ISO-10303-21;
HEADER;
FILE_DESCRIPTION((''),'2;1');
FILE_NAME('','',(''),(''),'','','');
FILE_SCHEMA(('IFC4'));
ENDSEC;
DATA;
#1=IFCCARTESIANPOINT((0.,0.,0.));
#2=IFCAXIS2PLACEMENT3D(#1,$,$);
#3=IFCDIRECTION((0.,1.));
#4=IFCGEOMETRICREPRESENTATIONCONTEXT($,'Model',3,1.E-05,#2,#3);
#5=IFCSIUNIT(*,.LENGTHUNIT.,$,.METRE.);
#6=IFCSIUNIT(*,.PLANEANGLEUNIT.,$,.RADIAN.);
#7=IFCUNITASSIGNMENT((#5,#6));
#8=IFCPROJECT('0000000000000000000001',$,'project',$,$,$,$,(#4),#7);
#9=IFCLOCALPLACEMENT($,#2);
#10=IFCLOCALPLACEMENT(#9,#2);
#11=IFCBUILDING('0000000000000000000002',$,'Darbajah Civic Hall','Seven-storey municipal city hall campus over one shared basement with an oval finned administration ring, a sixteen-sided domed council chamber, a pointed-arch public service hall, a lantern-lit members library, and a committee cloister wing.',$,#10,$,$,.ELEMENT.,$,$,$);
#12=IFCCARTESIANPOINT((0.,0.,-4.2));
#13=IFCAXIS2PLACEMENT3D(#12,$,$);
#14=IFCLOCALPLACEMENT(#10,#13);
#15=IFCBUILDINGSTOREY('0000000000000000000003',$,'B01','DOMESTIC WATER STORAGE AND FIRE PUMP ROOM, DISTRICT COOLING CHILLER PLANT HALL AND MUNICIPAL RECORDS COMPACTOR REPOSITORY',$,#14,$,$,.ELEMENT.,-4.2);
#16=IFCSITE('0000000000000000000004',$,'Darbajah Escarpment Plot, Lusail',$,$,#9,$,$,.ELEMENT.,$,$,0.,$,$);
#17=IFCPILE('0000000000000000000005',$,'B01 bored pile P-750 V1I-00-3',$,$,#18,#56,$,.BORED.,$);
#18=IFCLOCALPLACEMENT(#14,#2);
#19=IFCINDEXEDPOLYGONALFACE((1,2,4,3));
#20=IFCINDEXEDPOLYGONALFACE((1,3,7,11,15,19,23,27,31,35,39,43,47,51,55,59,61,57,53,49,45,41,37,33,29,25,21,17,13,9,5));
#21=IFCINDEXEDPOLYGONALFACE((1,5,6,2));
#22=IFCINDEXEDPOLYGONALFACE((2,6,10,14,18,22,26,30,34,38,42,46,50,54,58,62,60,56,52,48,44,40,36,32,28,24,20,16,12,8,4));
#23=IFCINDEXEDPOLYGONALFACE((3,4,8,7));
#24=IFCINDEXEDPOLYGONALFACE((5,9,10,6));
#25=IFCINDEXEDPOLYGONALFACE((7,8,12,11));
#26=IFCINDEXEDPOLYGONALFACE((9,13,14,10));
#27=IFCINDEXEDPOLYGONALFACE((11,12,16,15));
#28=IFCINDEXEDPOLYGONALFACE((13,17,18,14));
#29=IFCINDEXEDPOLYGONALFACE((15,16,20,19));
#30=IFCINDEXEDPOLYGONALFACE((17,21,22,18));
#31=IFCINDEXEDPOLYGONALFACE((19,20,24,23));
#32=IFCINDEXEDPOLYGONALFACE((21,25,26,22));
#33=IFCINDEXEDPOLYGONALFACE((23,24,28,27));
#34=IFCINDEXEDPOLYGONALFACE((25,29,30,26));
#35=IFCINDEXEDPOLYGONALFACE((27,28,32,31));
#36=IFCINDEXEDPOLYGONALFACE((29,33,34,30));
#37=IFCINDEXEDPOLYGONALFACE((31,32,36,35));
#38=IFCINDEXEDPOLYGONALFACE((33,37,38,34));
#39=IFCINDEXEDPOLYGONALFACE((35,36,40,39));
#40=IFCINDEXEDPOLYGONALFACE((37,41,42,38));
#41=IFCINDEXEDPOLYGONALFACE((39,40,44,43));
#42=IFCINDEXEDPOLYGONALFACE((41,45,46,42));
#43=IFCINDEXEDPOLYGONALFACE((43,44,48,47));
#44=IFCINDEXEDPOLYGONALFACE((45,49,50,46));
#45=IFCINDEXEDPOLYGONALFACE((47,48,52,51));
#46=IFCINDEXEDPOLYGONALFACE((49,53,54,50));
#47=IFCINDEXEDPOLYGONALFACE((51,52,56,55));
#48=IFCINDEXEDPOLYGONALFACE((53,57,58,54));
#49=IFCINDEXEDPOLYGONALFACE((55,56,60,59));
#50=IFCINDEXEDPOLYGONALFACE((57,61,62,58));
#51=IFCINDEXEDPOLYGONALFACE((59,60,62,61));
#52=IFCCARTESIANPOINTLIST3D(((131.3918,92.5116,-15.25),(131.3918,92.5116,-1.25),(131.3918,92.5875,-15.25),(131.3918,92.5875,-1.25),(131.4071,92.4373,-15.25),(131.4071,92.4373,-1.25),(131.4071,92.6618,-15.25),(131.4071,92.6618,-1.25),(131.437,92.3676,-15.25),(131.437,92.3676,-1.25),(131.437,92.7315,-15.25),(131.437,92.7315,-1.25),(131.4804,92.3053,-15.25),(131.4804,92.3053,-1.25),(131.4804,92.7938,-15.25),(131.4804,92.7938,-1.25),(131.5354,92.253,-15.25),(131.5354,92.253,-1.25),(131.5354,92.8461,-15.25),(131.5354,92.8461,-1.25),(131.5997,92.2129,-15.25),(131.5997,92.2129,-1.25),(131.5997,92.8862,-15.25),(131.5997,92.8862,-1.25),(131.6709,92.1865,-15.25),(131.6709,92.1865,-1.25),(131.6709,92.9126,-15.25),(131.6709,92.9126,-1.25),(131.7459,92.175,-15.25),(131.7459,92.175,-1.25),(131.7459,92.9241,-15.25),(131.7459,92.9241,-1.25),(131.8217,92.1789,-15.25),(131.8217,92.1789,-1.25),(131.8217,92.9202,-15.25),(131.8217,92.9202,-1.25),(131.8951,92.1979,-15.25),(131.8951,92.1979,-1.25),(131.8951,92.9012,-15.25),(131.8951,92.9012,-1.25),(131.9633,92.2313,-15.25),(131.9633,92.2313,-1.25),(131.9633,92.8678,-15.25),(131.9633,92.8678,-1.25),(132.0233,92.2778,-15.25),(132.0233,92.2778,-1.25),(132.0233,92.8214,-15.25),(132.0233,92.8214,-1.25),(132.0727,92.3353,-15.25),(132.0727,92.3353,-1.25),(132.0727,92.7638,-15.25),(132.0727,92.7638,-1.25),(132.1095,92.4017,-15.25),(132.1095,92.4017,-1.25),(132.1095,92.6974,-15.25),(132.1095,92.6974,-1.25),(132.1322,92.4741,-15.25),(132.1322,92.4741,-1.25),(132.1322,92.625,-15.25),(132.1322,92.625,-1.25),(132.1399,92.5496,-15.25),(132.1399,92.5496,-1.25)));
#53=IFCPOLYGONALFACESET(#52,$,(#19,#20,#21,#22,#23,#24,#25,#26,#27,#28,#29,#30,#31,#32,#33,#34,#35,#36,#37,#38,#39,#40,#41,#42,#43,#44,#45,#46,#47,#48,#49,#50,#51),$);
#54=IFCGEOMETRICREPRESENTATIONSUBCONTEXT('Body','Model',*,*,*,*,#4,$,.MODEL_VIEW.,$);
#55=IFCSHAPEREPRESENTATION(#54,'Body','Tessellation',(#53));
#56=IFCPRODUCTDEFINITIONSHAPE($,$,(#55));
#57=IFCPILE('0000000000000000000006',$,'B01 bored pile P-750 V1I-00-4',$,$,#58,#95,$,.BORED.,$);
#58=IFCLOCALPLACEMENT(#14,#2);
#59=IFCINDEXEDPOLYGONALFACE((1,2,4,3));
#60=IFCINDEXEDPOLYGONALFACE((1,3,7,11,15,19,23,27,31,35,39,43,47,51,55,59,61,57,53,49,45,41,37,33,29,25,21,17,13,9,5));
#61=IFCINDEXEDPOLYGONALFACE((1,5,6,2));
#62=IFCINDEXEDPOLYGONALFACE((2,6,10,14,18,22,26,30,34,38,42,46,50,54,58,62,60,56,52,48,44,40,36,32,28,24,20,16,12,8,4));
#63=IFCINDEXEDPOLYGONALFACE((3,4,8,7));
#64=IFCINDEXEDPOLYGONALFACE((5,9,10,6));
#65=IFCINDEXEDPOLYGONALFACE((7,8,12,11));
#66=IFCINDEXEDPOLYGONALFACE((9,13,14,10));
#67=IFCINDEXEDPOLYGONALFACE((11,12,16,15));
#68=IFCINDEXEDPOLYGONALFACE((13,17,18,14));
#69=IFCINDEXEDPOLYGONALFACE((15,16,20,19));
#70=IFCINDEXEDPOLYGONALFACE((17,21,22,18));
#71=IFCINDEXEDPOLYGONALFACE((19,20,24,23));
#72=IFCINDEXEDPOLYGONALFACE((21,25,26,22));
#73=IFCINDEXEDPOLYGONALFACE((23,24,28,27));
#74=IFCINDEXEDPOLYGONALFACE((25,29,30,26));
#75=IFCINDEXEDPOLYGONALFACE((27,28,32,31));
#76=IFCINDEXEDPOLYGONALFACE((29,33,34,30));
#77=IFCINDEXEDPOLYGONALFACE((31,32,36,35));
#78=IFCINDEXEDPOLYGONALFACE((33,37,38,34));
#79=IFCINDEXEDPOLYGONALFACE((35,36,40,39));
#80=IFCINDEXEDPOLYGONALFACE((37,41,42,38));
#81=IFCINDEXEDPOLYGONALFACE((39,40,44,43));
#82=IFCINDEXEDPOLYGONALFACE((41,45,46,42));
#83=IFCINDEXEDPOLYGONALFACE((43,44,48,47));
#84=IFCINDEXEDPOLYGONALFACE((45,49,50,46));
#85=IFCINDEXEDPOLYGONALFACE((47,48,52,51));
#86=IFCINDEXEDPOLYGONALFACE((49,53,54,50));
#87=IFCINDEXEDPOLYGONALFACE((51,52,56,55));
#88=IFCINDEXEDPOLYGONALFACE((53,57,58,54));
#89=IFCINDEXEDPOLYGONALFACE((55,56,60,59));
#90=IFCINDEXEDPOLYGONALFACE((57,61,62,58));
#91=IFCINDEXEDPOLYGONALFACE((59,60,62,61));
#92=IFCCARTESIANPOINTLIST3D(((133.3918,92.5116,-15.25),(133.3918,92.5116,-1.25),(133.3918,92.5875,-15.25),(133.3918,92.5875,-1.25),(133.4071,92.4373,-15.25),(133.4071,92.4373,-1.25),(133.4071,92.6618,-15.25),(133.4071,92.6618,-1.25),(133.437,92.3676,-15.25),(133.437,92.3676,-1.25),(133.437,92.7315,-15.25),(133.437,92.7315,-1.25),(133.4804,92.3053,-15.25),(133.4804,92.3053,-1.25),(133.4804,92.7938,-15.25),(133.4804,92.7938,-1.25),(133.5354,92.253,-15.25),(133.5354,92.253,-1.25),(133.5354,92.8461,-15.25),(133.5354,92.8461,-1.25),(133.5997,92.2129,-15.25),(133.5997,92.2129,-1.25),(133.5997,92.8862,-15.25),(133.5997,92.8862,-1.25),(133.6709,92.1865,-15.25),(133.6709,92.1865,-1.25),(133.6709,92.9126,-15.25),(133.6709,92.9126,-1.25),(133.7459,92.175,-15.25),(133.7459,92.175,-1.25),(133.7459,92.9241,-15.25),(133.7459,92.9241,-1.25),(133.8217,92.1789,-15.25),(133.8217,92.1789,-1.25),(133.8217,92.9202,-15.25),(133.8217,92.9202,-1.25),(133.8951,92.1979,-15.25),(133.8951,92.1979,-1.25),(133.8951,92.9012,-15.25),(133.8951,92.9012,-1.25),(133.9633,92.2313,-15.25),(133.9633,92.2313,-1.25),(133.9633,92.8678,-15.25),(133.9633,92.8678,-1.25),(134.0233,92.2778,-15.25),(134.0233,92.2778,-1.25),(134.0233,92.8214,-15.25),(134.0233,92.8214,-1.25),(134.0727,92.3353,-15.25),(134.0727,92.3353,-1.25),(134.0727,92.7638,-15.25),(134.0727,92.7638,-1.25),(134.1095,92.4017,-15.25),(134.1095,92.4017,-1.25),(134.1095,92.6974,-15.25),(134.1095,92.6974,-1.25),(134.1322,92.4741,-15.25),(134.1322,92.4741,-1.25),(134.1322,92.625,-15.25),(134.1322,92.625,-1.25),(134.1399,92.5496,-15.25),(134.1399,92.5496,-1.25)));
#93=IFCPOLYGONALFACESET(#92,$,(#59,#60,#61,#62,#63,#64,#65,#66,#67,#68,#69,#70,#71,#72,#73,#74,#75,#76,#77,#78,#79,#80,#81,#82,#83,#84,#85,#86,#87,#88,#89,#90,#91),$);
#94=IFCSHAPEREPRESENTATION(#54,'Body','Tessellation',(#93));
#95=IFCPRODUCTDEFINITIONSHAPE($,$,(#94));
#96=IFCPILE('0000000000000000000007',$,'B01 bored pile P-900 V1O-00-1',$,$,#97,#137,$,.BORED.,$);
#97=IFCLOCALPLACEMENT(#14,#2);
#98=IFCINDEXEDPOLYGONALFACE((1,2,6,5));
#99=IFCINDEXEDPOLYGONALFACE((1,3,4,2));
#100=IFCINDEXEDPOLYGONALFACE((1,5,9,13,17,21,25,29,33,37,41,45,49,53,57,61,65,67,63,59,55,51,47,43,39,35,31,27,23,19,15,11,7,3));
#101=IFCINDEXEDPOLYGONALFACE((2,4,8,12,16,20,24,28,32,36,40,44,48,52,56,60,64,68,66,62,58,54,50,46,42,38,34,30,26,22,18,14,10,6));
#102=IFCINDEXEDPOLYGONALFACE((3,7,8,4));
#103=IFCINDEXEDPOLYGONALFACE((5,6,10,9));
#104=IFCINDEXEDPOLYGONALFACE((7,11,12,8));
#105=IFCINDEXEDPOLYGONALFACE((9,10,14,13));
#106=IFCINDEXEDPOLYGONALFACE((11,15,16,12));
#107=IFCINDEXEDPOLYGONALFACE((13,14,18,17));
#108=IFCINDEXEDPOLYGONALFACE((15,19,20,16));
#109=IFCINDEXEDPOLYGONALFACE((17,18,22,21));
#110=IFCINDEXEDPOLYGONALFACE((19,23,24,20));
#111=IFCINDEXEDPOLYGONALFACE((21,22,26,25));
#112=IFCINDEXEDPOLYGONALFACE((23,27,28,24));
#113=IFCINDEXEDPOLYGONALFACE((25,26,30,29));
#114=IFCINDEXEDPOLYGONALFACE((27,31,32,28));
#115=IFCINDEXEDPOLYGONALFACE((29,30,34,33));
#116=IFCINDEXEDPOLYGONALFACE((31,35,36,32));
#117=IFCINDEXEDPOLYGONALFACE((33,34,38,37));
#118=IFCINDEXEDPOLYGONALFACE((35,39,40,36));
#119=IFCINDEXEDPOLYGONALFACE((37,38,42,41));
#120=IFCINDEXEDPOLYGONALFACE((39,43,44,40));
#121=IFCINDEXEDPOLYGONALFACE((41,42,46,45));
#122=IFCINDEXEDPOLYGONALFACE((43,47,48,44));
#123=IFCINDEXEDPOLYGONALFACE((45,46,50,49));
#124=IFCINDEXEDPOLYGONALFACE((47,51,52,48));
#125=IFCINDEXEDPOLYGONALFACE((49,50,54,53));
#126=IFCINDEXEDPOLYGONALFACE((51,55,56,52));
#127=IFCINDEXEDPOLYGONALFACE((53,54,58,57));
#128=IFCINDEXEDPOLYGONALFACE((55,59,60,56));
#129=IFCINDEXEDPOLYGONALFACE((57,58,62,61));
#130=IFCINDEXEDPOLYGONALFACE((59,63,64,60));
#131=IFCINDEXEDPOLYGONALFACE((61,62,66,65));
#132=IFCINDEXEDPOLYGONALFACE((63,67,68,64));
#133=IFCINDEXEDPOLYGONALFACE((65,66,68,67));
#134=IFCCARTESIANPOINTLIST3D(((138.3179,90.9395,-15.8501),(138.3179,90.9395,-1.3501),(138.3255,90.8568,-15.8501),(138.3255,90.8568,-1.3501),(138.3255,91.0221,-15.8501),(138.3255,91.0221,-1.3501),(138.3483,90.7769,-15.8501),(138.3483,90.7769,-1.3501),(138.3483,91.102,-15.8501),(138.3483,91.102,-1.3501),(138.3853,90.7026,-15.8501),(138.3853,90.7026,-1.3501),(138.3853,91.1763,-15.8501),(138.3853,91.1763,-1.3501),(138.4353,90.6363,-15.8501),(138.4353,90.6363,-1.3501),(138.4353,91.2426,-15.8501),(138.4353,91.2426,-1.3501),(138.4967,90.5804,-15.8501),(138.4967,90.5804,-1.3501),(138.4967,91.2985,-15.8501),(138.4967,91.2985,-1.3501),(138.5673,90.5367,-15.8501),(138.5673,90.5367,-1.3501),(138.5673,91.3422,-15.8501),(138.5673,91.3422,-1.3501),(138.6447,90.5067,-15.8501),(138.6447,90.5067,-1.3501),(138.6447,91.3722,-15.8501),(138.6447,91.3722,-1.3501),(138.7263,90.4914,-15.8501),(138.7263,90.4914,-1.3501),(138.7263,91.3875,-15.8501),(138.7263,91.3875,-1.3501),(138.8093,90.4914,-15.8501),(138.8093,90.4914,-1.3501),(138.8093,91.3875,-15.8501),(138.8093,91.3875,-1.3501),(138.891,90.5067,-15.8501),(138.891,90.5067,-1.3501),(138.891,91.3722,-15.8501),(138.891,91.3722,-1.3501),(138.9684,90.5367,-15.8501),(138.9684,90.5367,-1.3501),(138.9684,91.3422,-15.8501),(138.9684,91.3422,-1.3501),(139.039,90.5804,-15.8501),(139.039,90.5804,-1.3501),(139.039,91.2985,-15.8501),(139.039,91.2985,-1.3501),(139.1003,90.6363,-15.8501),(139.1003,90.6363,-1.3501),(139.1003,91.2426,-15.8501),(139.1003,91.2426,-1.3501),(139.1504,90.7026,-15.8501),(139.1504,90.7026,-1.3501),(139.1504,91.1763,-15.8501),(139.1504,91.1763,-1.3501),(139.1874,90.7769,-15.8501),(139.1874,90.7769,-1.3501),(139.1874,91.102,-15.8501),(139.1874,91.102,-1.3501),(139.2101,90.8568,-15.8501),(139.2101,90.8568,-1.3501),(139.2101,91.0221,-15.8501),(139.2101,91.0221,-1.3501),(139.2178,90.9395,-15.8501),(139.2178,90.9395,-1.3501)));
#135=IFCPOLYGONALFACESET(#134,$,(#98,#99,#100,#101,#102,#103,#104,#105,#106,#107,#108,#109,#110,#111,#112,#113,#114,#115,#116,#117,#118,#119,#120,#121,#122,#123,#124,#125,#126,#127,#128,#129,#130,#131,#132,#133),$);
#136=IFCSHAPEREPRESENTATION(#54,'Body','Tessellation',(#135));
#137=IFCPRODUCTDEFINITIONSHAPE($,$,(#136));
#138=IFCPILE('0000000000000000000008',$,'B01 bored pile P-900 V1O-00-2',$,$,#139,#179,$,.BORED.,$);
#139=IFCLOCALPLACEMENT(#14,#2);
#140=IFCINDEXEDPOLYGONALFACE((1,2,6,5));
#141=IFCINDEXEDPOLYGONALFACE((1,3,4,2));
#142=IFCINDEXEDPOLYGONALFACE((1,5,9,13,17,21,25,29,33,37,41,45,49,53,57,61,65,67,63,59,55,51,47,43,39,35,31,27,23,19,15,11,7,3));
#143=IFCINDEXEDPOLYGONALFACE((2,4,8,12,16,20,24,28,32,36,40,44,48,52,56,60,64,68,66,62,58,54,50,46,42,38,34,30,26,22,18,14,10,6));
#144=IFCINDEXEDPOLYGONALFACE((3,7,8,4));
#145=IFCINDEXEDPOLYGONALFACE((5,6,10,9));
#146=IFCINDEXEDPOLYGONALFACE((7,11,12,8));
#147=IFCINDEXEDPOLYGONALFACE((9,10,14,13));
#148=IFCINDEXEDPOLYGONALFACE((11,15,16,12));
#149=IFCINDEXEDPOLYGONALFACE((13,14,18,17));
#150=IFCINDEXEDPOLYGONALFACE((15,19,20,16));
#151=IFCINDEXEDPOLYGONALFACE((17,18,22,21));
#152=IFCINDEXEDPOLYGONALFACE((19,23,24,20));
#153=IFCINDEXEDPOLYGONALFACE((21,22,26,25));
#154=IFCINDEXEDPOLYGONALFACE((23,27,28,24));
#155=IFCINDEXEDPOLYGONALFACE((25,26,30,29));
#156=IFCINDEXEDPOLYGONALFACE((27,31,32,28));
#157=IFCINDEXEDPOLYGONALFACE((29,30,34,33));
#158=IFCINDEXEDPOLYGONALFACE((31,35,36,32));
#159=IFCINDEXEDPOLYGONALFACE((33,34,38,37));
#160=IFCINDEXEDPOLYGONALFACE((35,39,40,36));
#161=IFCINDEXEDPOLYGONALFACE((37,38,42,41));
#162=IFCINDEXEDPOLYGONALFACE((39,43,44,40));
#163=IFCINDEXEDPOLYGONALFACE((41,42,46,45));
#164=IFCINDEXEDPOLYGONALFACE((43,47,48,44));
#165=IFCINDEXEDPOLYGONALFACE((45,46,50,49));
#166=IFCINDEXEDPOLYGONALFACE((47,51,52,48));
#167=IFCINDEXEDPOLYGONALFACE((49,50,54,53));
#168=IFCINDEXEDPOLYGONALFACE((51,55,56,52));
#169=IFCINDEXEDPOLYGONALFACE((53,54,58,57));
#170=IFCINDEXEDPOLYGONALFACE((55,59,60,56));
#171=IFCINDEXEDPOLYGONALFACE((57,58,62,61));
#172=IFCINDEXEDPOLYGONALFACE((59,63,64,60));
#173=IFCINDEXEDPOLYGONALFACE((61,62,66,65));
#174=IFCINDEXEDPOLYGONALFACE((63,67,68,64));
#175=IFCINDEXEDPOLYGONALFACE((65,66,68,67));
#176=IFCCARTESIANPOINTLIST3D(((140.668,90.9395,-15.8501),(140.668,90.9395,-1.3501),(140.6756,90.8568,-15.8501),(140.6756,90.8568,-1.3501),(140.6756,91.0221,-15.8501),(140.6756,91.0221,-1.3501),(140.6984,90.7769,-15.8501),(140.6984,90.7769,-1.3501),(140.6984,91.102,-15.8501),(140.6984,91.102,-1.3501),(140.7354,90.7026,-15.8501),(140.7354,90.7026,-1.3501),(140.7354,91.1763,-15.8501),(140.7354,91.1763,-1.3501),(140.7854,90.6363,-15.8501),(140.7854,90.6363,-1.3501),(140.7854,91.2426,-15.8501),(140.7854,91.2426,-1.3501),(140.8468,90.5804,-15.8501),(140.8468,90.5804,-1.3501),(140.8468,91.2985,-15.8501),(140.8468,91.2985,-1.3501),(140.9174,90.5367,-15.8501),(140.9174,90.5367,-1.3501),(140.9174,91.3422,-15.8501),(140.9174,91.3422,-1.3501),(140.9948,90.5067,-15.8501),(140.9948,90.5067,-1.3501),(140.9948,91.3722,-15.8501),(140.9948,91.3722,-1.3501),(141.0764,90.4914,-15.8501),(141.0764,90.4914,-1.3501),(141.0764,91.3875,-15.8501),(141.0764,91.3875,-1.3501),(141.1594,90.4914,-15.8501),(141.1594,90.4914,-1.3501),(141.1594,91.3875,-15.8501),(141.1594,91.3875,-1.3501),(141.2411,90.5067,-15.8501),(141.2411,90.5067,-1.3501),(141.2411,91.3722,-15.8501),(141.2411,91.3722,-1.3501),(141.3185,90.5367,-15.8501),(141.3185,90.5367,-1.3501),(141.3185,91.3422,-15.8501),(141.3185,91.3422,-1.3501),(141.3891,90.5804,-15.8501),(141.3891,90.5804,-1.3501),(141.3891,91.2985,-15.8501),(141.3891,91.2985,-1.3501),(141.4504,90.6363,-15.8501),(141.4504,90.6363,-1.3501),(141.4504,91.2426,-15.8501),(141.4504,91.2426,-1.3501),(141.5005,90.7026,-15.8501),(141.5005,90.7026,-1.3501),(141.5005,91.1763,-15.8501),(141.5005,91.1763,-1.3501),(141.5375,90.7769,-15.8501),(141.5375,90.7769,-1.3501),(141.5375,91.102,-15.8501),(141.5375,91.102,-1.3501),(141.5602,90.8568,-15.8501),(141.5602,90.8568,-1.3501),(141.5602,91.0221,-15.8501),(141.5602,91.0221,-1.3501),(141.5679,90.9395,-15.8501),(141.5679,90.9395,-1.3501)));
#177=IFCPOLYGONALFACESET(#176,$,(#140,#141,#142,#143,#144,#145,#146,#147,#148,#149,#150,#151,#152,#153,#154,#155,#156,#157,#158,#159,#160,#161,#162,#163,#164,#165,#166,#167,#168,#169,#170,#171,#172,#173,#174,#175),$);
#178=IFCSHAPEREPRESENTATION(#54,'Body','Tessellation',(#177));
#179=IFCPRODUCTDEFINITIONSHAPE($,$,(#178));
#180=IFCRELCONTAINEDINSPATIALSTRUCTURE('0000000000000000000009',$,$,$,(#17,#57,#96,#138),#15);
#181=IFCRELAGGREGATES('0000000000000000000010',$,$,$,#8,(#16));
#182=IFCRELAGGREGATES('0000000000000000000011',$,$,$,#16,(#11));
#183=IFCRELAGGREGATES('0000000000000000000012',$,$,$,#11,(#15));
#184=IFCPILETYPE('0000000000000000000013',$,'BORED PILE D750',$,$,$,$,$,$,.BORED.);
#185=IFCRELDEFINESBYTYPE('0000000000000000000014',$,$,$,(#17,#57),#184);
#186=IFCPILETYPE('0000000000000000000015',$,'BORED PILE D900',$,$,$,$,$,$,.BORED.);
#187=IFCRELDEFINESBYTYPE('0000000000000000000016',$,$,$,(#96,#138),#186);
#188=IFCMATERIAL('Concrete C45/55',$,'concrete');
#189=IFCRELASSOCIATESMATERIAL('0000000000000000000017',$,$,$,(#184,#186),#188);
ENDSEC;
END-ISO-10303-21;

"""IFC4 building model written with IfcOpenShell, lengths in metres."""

from ifc_helpers import new_model, si_unit, direction, frame, origin, origin_2d, place, context, subcontext, project, spatial, circle, extrude, material, material_profile, profile_set, type_object, element, save


model = new_model("IFC4")

# Units and contexts
model_context = context("Model", 3, precision=1e-05, world=origin(), true_north=direction((0.0, 1.0)))
body_context = subcontext(model_context, "Body", "Model", "MODEL_VIEW")
ifc_project = project(units=[si_unit("LENGTHUNIT", "METRE"), si_unit("PLANEANGLEUNIT", "RADIAN")], contexts=[model_context])

# Site, building, storey
site_placement = place(None, origin())
site = spatial("IfcSite", under=ifc_project, at=site_placement, Name="Darbajah Escarpment Plot, Lusail", CompositionType="ELEMENT", RefElevation=0.0)
building_placement = place(site_placement, origin())
building = spatial("IfcBuilding", under=site, at=building_placement, Name="Darbajah Civic Hall", Description="Seven-storey municipal city hall campus over one shared basement with an oval finned administration ring, a sixteen-sided domed council chamber, a pointed-arch public service hall, a lantern-lit members library, and a committee cloister wing.", CompositionType="ELEMENT")
storey_placement = place(building_placement, frame((0.0, 0.0, -4.2)))
storey = spatial("IfcBuildingStorey", under=building, at=storey_placement, Name="B01", Description="DOMESTIC WATER STORAGE AND FIRE PUMP ROOM, DISTRICT COOLING CHILLER PLANT HALL AND MUNICIPAL RECORDS COMPACTOR REPOSITORY", CompositionType="ELEMENT", Elevation=-4.2)

# Piles
ifc_material_1 = material(Name="Concrete C45/55", Category="concrete")
ifc_material_profile_1 = material_profile(ifc_material_1, circle(Radius=0.375, at=origin_2d()), Name="BORED PILE D750")
ifc_profile_set_1 = profile_set([ifc_material_profile_1], Name="Concrete C45/55")
pile_type_1 = type_object("IfcPileType", Name="BORED PILE D750", PredefinedType="BORED", material=ifc_profile_set_1)
for number, where, z_axis, x_axis, name in (
    (1, (131.7649, 92.5496, -1.25), (0.0, 0.0, -1.0), (1.0, 0.0, 0.0), "B01 bored pile P-750 V1I-00-3"),
    (2, (133.7649, 92.5496, -1.25), (0.0, 0.0, -1.0), (1.0, 0.0, 0.0), "B01 bored pile P-750 V1I-00-4"),
):
    element("IfcPile", number, at=place(storey_placement, frame(where, z_axis=z_axis, x_axis=x_axis)), inside=storey, type_object=pile_type_1, Name=name, PredefinedType="BORED", context=body_context, shape_type="SweptSolid", body=[
        extrude(circle(Radius=0.375, at=origin_2d()), origin(), (0.0, 0.0, 1.0), 14.0),
    ])
ifc_material_profile_2 = material_profile(ifc_material_1, circle(Radius=0.45, at=origin_2d()), Name="BORED PILE D900")
ifc_profile_set_2 = profile_set([ifc_material_profile_2], Name="Concrete C45/55")
pile_type_2 = type_object("IfcPileType", Name="BORED PILE D900", PredefinedType="BORED", material=ifc_profile_set_2)
for number, where, z_axis, x_axis, name in (
    (3, (138.7678, 90.9395, -1.3501), (0.0, 0.0, -1.0), (1.0, 0.0, 0.0), "B01 bored pile P-900 V1O-00-1"),
    (4, (141.1179, 90.9395, -1.3501), (0.0, 0.0, -1.0), (1.0, 0.0, 0.0), "B01 bored pile P-900 V1O-00-2"),
):
    element("IfcPile", number, at=place(storey_placement, frame(where, z_axis=z_axis, x_axis=x_axis)), inside=storey, type_object=pile_type_2, Name=name, PredefinedType="BORED", context=body_context, shape_type="SweptSolid", body=[
        extrude(circle(Radius=0.45, at=origin_2d()), origin(), (0.0, 0.0, 1.0), 14.5),
    ])

save(model, "model.ifc")
